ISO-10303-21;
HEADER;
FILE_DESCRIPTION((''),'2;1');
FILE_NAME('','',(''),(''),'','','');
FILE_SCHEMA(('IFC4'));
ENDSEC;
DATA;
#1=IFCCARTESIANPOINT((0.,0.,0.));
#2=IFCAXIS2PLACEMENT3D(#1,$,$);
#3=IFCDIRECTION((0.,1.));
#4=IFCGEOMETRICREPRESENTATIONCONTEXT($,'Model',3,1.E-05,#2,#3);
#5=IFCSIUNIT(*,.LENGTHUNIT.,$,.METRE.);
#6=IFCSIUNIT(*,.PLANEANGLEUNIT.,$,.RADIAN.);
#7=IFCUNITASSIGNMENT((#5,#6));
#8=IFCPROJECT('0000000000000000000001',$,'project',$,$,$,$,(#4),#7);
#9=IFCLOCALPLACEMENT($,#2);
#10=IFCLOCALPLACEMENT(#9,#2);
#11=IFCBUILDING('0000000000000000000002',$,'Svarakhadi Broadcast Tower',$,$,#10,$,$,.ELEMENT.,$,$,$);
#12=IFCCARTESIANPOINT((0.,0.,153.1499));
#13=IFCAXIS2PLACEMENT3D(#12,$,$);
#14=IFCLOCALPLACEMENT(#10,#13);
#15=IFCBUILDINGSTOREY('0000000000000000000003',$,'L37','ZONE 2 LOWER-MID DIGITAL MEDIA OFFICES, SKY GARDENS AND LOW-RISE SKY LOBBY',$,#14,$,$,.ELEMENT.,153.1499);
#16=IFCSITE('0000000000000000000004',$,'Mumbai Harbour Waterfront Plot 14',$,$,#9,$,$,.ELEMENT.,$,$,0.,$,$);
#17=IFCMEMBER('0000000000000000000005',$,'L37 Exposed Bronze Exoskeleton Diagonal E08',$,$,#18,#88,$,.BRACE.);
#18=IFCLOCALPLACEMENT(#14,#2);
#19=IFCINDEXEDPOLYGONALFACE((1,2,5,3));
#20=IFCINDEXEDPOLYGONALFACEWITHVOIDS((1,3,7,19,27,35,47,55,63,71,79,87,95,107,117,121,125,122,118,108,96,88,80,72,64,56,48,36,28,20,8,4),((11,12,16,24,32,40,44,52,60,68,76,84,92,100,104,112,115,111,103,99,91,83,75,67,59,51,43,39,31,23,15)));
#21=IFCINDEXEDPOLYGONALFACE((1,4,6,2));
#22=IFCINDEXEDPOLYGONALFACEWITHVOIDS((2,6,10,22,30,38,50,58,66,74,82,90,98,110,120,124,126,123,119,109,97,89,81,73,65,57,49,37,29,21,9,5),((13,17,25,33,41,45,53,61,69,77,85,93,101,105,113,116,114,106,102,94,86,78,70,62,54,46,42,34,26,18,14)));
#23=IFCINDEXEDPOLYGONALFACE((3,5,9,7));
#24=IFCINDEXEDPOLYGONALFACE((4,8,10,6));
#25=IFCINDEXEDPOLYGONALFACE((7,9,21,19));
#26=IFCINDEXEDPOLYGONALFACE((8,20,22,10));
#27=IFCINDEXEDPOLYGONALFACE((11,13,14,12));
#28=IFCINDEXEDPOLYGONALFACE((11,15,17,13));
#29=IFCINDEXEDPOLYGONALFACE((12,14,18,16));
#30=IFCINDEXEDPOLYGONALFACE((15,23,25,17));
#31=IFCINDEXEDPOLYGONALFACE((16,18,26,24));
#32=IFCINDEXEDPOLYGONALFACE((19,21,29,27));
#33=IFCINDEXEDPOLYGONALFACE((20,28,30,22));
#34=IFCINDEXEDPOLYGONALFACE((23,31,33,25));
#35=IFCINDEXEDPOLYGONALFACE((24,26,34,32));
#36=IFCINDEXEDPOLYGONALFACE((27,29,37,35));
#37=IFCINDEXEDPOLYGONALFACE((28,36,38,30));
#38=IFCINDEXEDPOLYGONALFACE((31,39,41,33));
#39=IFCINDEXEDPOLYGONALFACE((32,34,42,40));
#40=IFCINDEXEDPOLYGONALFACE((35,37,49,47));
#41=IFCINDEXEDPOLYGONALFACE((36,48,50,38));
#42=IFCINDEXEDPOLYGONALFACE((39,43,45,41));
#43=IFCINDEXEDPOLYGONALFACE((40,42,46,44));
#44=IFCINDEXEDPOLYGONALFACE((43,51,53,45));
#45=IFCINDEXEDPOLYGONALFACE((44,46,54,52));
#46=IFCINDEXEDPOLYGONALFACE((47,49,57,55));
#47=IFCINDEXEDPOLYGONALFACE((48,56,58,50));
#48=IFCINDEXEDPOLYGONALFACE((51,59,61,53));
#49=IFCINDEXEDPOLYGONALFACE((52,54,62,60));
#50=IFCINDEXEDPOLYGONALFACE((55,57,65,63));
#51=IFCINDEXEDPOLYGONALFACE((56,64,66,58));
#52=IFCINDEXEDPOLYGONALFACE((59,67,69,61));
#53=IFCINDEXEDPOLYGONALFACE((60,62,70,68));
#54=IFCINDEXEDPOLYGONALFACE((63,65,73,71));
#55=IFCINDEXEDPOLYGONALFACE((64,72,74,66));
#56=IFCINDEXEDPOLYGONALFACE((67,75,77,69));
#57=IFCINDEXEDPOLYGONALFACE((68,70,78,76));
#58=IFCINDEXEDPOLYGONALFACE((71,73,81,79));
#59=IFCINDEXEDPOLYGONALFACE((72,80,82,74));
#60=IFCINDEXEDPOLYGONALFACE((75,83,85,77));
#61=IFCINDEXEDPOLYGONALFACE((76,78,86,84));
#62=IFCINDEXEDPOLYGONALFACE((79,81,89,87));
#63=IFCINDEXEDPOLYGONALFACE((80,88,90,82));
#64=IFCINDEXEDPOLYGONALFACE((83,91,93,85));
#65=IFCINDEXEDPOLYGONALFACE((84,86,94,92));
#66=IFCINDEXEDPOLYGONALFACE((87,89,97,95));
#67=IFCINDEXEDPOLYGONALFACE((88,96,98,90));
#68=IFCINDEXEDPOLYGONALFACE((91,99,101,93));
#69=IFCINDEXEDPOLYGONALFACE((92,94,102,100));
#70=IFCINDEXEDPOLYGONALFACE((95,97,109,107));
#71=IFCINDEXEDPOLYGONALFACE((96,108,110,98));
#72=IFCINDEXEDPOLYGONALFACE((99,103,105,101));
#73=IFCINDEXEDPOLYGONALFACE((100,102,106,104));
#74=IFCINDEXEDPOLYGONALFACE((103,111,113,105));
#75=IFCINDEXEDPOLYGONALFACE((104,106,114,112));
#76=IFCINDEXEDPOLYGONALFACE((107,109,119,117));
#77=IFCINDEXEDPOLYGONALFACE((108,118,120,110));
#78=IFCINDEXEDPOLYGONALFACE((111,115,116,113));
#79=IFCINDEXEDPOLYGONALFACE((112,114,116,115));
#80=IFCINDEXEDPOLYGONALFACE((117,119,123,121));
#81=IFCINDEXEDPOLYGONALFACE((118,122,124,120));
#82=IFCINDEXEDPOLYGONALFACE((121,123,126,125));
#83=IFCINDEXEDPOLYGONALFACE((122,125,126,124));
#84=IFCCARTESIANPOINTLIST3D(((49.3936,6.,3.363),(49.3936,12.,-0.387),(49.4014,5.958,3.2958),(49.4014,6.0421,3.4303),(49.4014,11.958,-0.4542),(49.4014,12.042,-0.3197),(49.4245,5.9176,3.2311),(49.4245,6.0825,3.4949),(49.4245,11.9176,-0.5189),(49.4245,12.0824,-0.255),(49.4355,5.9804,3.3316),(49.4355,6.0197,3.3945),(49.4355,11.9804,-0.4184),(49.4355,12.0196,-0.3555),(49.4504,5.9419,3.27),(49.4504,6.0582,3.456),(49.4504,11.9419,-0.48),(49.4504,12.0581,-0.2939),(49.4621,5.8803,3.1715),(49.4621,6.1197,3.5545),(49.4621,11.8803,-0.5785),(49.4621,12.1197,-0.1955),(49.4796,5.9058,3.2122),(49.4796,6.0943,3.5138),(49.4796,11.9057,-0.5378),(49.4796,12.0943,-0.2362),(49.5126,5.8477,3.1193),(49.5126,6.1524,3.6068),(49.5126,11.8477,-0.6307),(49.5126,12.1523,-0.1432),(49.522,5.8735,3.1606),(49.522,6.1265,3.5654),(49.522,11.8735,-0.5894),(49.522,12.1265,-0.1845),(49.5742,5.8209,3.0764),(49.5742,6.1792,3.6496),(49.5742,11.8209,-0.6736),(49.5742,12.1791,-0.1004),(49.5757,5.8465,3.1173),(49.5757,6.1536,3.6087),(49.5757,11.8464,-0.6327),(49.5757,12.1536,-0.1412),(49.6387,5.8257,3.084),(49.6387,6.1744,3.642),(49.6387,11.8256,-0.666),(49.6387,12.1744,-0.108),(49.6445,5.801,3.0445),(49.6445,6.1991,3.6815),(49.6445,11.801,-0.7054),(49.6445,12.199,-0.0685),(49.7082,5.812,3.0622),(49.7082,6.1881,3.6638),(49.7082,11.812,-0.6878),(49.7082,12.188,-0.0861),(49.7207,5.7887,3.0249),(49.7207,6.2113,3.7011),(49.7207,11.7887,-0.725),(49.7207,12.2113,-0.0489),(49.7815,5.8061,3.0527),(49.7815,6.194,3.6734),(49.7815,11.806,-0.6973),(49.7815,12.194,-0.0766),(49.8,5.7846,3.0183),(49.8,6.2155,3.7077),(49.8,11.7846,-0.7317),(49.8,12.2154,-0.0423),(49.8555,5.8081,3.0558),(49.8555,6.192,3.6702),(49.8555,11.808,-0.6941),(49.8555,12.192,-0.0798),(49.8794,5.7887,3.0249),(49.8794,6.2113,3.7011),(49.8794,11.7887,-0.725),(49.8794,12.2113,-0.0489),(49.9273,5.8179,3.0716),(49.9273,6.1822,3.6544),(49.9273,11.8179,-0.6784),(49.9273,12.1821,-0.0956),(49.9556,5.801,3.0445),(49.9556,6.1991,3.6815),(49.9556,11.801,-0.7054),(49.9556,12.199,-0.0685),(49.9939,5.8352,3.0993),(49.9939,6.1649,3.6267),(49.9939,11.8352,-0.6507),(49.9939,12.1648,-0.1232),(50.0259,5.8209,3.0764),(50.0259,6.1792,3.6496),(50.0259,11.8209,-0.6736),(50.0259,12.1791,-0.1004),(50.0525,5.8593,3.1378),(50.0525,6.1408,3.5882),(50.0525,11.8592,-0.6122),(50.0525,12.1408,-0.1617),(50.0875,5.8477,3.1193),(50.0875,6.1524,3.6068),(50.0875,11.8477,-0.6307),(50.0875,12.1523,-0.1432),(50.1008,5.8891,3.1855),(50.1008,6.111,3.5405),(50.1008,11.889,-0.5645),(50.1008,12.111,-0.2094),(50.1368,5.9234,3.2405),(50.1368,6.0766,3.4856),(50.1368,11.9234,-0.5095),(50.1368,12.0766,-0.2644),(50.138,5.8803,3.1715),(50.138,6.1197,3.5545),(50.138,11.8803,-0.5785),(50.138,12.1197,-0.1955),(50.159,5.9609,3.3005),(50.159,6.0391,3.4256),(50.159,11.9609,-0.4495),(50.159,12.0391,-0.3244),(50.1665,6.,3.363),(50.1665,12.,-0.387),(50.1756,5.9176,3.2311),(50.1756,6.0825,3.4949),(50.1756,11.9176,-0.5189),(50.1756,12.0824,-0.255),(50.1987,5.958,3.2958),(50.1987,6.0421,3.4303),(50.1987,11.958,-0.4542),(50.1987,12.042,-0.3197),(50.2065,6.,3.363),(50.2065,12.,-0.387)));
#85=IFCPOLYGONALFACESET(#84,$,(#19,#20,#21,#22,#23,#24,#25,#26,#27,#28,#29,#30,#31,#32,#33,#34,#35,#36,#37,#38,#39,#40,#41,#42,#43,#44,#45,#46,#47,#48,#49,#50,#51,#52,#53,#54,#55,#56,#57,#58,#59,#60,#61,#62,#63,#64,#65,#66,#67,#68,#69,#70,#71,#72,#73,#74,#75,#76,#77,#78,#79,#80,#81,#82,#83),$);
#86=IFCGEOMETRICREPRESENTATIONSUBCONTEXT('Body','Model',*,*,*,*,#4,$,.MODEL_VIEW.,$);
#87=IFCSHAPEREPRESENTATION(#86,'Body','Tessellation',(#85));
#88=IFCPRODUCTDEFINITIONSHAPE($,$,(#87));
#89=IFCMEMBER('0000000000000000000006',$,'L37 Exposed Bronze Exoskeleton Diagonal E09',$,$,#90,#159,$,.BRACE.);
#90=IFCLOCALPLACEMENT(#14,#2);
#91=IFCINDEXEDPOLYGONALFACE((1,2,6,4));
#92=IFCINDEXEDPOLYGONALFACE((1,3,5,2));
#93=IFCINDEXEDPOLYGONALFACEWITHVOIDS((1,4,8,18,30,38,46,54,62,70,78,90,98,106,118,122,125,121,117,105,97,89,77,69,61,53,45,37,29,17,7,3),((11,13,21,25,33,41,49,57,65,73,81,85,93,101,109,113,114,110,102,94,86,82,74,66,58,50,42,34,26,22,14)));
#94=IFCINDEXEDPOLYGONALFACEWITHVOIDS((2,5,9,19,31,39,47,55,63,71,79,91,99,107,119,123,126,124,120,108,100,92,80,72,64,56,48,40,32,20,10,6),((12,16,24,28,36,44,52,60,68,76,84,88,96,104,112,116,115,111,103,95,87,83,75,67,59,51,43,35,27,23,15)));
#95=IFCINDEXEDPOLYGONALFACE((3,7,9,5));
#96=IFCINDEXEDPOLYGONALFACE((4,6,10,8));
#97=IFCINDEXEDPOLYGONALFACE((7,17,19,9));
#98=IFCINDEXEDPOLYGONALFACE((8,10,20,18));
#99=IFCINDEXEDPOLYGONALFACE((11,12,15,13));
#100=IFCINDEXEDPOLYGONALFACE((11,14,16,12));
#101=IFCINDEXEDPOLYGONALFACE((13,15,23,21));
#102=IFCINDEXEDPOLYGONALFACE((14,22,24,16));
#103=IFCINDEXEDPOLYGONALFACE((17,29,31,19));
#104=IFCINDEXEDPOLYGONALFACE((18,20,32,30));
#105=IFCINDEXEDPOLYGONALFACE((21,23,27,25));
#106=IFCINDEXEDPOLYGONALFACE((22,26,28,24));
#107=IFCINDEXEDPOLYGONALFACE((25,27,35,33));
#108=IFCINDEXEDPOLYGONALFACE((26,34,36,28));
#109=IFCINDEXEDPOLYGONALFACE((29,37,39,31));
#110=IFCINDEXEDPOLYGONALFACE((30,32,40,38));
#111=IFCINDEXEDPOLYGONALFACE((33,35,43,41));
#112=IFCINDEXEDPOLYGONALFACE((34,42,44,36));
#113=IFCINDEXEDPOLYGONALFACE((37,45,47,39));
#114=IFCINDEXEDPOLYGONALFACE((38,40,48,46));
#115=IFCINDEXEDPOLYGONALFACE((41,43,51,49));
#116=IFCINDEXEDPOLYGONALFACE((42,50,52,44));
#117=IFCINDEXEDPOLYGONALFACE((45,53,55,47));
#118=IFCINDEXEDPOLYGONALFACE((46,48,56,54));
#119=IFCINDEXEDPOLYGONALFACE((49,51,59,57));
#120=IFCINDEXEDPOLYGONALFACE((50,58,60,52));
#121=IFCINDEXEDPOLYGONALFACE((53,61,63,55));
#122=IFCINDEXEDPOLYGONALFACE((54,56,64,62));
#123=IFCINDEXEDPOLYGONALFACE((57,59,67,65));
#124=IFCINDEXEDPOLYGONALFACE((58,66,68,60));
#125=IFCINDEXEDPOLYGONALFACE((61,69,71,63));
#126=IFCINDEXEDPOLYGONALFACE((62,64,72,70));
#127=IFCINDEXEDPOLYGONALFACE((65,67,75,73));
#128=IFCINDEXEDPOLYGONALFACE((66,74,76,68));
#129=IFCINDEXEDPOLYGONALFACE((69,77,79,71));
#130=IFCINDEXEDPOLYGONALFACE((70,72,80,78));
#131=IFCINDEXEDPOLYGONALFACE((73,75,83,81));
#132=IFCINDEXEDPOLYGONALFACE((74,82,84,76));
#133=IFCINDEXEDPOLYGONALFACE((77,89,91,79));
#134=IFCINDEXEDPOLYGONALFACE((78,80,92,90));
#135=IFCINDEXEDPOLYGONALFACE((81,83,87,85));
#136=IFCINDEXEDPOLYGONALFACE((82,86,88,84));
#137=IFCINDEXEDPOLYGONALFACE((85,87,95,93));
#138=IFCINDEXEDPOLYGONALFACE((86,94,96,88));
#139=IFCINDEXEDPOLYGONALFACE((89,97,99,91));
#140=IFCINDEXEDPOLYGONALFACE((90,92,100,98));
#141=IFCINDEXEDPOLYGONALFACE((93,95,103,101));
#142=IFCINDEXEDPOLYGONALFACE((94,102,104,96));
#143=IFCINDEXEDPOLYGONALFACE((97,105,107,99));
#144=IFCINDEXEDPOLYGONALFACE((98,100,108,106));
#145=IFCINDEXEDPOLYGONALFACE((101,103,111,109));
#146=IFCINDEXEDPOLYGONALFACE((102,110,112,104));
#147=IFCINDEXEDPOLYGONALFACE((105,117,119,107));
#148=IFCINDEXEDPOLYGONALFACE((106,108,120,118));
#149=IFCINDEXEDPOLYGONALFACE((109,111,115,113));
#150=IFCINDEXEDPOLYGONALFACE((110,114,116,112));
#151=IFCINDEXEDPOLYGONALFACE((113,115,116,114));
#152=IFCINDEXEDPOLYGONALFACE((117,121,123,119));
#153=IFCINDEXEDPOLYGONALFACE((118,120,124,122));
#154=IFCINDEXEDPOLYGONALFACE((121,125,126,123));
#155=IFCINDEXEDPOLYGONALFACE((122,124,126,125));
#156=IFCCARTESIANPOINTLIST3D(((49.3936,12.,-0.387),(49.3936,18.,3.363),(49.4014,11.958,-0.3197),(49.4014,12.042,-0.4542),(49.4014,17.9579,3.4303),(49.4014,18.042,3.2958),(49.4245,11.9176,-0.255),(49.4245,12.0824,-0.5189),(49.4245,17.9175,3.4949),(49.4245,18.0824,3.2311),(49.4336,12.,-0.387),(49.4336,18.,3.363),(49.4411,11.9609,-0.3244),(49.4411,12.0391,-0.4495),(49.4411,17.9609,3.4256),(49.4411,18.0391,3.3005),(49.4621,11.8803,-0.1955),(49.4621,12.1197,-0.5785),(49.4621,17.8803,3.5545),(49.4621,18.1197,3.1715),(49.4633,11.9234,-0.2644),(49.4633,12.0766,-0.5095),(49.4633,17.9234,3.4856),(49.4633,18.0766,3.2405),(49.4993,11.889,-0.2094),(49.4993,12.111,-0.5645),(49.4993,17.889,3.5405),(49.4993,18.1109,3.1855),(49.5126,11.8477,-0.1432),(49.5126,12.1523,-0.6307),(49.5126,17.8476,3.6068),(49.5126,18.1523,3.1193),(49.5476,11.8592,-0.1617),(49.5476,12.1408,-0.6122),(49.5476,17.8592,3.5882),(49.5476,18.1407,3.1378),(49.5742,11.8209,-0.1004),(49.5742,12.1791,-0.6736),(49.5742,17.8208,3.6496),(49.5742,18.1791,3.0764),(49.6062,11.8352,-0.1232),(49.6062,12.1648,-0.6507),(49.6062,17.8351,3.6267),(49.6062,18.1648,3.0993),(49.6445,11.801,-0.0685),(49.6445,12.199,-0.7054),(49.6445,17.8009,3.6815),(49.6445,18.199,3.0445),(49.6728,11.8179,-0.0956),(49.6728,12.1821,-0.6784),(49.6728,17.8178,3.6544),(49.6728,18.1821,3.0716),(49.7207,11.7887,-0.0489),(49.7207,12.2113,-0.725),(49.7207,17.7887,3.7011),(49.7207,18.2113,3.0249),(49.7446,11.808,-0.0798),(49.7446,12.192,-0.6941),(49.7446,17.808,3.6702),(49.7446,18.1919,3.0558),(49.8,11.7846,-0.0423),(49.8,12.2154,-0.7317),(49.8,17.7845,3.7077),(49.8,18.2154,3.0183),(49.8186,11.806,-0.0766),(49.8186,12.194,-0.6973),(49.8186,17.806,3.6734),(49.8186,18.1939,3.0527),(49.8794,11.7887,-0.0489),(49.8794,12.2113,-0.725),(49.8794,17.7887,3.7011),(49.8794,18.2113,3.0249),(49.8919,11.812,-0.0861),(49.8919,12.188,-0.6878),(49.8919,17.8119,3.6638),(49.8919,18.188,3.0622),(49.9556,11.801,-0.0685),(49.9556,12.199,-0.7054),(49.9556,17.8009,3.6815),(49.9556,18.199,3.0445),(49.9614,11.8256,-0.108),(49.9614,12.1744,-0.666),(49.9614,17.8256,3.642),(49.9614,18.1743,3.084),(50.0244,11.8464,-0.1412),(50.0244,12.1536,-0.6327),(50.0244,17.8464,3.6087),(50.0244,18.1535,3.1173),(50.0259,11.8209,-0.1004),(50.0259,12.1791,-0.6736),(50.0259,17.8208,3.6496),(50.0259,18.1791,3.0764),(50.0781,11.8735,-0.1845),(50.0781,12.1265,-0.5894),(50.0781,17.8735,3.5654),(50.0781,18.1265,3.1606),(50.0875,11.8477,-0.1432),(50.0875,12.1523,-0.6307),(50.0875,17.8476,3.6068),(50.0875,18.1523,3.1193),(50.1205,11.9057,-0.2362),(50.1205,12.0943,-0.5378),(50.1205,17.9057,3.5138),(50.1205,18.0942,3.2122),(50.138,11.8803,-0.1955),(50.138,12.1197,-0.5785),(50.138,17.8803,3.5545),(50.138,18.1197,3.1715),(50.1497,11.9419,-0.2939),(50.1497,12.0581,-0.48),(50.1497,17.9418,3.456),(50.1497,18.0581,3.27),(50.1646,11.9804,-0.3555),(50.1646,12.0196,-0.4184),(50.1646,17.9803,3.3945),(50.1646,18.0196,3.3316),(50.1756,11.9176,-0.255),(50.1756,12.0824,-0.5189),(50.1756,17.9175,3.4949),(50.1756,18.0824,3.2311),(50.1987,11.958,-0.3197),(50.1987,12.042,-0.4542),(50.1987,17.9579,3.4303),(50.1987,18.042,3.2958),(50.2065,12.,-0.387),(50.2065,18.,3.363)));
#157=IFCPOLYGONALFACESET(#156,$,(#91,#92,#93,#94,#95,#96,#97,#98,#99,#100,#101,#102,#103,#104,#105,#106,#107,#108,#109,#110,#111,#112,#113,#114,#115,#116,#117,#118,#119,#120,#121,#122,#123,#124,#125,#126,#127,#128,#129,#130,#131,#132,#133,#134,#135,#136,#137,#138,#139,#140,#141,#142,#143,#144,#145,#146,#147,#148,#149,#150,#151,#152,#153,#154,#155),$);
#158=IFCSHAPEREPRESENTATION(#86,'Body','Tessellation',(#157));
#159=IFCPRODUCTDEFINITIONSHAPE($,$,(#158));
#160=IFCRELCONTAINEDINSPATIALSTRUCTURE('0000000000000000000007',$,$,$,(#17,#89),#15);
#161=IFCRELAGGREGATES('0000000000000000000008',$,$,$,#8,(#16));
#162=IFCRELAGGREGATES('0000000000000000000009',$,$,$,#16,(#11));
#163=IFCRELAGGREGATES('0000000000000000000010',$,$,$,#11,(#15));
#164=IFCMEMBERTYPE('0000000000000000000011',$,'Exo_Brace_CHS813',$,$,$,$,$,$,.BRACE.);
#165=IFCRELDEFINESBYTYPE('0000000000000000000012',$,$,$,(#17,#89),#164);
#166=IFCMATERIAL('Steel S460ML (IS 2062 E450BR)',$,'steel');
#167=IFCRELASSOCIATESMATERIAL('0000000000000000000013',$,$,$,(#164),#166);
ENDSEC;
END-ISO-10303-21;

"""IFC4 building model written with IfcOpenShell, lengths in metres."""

from ifc_helpers import new_model, si_unit, direction, frame, origin, origin_2d, place, context, subcontext, project, spatial, hollow_circle, extrude, material, material_profile, profile_set, type_object, element, save


model = new_model("IFC4")

# Units and contexts
model_context = context("Model", 3, precision=1e-05, world=origin(), true_north=direction((0.0, 1.0)))
body_context = subcontext(model_context, "Body", "Model", "MODEL_VIEW")
ifc_project = project(units=[si_unit("LENGTHUNIT", "METRE"), si_unit("PLANEANGLEUNIT", "RADIAN")], contexts=[model_context])

# Site, building, storey
site_placement = place(None, origin())
site = spatial("IfcSite", under=ifc_project, at=site_placement, Name="Mumbai Harbour Waterfront Plot 14", CompositionType="ELEMENT", RefElevation=0.0)
building_placement = place(site_placement, origin())
building = spatial("IfcBuilding", under=site, at=building_placement, Name="Svarakhadi Broadcast Tower", CompositionType="ELEMENT")
storey_placement = place(building_placement, frame((0.0, 0.0, 153.1499)))
storey = spatial("IfcBuildingStorey", under=building, at=storey_placement, Name="L37", Description="ZONE 2 LOWER-MID DIGITAL MEDIA OFFICES, SKY GARDENS AND LOW-RISE SKY LOBBY", CompositionType="ELEMENT", Elevation=153.1499)

# Shared definitions
ifc_material_1 = material(Name="Steel S460ML (IS 2062 E450BR)", Category="steel")

# Members
ifc_material_profile_1 = material_profile(ifc_material_1, hollow_circle(Radius=0.4065, WallThickness=0.04, at=origin_2d()), Name="CHS 813x40")
ifc_profile_set_1 = profile_set([ifc_material_profile_1], Name="Steel S460ML (IS 2062 E450BR)")
member_type_1 = type_object("IfcMemberType", Name="Exo_Brace_CHS813", PredefinedType="BRACE", material=ifc_profile_set_1)
for number, where, z_axis, x_axis, name in (
    (1, (49.8, 12.0, -0.387), (0.0, -0.847998, 0.529999), (1.0, 0.0, 0.0), "L37 Exposed Bronze Exoskeleton Diagonal E08"),
    (2, (49.8, 12.0, -0.387), (0.0, 0.847998, 0.529999), (-1.0, 0.0, 0.0), "L37 Exposed Bronze Exoskeleton Diagonal E09"),
):
    element("IfcMember", number, at=place(storey_placement, frame(where, z_axis=z_axis, x_axis=x_axis)), inside=storey, type_object=member_type_1, Name=name, PredefinedType="BRACE", context=body_context, shape_type="SweptSolid", body=[
        extrude(hollow_circle(Radius=0.4065, WallThickness=0.04, at=origin_2d()), origin(), (0.0, 0.0, 1.0), 7.0754),
    ])

save(model, "model.ifc")
